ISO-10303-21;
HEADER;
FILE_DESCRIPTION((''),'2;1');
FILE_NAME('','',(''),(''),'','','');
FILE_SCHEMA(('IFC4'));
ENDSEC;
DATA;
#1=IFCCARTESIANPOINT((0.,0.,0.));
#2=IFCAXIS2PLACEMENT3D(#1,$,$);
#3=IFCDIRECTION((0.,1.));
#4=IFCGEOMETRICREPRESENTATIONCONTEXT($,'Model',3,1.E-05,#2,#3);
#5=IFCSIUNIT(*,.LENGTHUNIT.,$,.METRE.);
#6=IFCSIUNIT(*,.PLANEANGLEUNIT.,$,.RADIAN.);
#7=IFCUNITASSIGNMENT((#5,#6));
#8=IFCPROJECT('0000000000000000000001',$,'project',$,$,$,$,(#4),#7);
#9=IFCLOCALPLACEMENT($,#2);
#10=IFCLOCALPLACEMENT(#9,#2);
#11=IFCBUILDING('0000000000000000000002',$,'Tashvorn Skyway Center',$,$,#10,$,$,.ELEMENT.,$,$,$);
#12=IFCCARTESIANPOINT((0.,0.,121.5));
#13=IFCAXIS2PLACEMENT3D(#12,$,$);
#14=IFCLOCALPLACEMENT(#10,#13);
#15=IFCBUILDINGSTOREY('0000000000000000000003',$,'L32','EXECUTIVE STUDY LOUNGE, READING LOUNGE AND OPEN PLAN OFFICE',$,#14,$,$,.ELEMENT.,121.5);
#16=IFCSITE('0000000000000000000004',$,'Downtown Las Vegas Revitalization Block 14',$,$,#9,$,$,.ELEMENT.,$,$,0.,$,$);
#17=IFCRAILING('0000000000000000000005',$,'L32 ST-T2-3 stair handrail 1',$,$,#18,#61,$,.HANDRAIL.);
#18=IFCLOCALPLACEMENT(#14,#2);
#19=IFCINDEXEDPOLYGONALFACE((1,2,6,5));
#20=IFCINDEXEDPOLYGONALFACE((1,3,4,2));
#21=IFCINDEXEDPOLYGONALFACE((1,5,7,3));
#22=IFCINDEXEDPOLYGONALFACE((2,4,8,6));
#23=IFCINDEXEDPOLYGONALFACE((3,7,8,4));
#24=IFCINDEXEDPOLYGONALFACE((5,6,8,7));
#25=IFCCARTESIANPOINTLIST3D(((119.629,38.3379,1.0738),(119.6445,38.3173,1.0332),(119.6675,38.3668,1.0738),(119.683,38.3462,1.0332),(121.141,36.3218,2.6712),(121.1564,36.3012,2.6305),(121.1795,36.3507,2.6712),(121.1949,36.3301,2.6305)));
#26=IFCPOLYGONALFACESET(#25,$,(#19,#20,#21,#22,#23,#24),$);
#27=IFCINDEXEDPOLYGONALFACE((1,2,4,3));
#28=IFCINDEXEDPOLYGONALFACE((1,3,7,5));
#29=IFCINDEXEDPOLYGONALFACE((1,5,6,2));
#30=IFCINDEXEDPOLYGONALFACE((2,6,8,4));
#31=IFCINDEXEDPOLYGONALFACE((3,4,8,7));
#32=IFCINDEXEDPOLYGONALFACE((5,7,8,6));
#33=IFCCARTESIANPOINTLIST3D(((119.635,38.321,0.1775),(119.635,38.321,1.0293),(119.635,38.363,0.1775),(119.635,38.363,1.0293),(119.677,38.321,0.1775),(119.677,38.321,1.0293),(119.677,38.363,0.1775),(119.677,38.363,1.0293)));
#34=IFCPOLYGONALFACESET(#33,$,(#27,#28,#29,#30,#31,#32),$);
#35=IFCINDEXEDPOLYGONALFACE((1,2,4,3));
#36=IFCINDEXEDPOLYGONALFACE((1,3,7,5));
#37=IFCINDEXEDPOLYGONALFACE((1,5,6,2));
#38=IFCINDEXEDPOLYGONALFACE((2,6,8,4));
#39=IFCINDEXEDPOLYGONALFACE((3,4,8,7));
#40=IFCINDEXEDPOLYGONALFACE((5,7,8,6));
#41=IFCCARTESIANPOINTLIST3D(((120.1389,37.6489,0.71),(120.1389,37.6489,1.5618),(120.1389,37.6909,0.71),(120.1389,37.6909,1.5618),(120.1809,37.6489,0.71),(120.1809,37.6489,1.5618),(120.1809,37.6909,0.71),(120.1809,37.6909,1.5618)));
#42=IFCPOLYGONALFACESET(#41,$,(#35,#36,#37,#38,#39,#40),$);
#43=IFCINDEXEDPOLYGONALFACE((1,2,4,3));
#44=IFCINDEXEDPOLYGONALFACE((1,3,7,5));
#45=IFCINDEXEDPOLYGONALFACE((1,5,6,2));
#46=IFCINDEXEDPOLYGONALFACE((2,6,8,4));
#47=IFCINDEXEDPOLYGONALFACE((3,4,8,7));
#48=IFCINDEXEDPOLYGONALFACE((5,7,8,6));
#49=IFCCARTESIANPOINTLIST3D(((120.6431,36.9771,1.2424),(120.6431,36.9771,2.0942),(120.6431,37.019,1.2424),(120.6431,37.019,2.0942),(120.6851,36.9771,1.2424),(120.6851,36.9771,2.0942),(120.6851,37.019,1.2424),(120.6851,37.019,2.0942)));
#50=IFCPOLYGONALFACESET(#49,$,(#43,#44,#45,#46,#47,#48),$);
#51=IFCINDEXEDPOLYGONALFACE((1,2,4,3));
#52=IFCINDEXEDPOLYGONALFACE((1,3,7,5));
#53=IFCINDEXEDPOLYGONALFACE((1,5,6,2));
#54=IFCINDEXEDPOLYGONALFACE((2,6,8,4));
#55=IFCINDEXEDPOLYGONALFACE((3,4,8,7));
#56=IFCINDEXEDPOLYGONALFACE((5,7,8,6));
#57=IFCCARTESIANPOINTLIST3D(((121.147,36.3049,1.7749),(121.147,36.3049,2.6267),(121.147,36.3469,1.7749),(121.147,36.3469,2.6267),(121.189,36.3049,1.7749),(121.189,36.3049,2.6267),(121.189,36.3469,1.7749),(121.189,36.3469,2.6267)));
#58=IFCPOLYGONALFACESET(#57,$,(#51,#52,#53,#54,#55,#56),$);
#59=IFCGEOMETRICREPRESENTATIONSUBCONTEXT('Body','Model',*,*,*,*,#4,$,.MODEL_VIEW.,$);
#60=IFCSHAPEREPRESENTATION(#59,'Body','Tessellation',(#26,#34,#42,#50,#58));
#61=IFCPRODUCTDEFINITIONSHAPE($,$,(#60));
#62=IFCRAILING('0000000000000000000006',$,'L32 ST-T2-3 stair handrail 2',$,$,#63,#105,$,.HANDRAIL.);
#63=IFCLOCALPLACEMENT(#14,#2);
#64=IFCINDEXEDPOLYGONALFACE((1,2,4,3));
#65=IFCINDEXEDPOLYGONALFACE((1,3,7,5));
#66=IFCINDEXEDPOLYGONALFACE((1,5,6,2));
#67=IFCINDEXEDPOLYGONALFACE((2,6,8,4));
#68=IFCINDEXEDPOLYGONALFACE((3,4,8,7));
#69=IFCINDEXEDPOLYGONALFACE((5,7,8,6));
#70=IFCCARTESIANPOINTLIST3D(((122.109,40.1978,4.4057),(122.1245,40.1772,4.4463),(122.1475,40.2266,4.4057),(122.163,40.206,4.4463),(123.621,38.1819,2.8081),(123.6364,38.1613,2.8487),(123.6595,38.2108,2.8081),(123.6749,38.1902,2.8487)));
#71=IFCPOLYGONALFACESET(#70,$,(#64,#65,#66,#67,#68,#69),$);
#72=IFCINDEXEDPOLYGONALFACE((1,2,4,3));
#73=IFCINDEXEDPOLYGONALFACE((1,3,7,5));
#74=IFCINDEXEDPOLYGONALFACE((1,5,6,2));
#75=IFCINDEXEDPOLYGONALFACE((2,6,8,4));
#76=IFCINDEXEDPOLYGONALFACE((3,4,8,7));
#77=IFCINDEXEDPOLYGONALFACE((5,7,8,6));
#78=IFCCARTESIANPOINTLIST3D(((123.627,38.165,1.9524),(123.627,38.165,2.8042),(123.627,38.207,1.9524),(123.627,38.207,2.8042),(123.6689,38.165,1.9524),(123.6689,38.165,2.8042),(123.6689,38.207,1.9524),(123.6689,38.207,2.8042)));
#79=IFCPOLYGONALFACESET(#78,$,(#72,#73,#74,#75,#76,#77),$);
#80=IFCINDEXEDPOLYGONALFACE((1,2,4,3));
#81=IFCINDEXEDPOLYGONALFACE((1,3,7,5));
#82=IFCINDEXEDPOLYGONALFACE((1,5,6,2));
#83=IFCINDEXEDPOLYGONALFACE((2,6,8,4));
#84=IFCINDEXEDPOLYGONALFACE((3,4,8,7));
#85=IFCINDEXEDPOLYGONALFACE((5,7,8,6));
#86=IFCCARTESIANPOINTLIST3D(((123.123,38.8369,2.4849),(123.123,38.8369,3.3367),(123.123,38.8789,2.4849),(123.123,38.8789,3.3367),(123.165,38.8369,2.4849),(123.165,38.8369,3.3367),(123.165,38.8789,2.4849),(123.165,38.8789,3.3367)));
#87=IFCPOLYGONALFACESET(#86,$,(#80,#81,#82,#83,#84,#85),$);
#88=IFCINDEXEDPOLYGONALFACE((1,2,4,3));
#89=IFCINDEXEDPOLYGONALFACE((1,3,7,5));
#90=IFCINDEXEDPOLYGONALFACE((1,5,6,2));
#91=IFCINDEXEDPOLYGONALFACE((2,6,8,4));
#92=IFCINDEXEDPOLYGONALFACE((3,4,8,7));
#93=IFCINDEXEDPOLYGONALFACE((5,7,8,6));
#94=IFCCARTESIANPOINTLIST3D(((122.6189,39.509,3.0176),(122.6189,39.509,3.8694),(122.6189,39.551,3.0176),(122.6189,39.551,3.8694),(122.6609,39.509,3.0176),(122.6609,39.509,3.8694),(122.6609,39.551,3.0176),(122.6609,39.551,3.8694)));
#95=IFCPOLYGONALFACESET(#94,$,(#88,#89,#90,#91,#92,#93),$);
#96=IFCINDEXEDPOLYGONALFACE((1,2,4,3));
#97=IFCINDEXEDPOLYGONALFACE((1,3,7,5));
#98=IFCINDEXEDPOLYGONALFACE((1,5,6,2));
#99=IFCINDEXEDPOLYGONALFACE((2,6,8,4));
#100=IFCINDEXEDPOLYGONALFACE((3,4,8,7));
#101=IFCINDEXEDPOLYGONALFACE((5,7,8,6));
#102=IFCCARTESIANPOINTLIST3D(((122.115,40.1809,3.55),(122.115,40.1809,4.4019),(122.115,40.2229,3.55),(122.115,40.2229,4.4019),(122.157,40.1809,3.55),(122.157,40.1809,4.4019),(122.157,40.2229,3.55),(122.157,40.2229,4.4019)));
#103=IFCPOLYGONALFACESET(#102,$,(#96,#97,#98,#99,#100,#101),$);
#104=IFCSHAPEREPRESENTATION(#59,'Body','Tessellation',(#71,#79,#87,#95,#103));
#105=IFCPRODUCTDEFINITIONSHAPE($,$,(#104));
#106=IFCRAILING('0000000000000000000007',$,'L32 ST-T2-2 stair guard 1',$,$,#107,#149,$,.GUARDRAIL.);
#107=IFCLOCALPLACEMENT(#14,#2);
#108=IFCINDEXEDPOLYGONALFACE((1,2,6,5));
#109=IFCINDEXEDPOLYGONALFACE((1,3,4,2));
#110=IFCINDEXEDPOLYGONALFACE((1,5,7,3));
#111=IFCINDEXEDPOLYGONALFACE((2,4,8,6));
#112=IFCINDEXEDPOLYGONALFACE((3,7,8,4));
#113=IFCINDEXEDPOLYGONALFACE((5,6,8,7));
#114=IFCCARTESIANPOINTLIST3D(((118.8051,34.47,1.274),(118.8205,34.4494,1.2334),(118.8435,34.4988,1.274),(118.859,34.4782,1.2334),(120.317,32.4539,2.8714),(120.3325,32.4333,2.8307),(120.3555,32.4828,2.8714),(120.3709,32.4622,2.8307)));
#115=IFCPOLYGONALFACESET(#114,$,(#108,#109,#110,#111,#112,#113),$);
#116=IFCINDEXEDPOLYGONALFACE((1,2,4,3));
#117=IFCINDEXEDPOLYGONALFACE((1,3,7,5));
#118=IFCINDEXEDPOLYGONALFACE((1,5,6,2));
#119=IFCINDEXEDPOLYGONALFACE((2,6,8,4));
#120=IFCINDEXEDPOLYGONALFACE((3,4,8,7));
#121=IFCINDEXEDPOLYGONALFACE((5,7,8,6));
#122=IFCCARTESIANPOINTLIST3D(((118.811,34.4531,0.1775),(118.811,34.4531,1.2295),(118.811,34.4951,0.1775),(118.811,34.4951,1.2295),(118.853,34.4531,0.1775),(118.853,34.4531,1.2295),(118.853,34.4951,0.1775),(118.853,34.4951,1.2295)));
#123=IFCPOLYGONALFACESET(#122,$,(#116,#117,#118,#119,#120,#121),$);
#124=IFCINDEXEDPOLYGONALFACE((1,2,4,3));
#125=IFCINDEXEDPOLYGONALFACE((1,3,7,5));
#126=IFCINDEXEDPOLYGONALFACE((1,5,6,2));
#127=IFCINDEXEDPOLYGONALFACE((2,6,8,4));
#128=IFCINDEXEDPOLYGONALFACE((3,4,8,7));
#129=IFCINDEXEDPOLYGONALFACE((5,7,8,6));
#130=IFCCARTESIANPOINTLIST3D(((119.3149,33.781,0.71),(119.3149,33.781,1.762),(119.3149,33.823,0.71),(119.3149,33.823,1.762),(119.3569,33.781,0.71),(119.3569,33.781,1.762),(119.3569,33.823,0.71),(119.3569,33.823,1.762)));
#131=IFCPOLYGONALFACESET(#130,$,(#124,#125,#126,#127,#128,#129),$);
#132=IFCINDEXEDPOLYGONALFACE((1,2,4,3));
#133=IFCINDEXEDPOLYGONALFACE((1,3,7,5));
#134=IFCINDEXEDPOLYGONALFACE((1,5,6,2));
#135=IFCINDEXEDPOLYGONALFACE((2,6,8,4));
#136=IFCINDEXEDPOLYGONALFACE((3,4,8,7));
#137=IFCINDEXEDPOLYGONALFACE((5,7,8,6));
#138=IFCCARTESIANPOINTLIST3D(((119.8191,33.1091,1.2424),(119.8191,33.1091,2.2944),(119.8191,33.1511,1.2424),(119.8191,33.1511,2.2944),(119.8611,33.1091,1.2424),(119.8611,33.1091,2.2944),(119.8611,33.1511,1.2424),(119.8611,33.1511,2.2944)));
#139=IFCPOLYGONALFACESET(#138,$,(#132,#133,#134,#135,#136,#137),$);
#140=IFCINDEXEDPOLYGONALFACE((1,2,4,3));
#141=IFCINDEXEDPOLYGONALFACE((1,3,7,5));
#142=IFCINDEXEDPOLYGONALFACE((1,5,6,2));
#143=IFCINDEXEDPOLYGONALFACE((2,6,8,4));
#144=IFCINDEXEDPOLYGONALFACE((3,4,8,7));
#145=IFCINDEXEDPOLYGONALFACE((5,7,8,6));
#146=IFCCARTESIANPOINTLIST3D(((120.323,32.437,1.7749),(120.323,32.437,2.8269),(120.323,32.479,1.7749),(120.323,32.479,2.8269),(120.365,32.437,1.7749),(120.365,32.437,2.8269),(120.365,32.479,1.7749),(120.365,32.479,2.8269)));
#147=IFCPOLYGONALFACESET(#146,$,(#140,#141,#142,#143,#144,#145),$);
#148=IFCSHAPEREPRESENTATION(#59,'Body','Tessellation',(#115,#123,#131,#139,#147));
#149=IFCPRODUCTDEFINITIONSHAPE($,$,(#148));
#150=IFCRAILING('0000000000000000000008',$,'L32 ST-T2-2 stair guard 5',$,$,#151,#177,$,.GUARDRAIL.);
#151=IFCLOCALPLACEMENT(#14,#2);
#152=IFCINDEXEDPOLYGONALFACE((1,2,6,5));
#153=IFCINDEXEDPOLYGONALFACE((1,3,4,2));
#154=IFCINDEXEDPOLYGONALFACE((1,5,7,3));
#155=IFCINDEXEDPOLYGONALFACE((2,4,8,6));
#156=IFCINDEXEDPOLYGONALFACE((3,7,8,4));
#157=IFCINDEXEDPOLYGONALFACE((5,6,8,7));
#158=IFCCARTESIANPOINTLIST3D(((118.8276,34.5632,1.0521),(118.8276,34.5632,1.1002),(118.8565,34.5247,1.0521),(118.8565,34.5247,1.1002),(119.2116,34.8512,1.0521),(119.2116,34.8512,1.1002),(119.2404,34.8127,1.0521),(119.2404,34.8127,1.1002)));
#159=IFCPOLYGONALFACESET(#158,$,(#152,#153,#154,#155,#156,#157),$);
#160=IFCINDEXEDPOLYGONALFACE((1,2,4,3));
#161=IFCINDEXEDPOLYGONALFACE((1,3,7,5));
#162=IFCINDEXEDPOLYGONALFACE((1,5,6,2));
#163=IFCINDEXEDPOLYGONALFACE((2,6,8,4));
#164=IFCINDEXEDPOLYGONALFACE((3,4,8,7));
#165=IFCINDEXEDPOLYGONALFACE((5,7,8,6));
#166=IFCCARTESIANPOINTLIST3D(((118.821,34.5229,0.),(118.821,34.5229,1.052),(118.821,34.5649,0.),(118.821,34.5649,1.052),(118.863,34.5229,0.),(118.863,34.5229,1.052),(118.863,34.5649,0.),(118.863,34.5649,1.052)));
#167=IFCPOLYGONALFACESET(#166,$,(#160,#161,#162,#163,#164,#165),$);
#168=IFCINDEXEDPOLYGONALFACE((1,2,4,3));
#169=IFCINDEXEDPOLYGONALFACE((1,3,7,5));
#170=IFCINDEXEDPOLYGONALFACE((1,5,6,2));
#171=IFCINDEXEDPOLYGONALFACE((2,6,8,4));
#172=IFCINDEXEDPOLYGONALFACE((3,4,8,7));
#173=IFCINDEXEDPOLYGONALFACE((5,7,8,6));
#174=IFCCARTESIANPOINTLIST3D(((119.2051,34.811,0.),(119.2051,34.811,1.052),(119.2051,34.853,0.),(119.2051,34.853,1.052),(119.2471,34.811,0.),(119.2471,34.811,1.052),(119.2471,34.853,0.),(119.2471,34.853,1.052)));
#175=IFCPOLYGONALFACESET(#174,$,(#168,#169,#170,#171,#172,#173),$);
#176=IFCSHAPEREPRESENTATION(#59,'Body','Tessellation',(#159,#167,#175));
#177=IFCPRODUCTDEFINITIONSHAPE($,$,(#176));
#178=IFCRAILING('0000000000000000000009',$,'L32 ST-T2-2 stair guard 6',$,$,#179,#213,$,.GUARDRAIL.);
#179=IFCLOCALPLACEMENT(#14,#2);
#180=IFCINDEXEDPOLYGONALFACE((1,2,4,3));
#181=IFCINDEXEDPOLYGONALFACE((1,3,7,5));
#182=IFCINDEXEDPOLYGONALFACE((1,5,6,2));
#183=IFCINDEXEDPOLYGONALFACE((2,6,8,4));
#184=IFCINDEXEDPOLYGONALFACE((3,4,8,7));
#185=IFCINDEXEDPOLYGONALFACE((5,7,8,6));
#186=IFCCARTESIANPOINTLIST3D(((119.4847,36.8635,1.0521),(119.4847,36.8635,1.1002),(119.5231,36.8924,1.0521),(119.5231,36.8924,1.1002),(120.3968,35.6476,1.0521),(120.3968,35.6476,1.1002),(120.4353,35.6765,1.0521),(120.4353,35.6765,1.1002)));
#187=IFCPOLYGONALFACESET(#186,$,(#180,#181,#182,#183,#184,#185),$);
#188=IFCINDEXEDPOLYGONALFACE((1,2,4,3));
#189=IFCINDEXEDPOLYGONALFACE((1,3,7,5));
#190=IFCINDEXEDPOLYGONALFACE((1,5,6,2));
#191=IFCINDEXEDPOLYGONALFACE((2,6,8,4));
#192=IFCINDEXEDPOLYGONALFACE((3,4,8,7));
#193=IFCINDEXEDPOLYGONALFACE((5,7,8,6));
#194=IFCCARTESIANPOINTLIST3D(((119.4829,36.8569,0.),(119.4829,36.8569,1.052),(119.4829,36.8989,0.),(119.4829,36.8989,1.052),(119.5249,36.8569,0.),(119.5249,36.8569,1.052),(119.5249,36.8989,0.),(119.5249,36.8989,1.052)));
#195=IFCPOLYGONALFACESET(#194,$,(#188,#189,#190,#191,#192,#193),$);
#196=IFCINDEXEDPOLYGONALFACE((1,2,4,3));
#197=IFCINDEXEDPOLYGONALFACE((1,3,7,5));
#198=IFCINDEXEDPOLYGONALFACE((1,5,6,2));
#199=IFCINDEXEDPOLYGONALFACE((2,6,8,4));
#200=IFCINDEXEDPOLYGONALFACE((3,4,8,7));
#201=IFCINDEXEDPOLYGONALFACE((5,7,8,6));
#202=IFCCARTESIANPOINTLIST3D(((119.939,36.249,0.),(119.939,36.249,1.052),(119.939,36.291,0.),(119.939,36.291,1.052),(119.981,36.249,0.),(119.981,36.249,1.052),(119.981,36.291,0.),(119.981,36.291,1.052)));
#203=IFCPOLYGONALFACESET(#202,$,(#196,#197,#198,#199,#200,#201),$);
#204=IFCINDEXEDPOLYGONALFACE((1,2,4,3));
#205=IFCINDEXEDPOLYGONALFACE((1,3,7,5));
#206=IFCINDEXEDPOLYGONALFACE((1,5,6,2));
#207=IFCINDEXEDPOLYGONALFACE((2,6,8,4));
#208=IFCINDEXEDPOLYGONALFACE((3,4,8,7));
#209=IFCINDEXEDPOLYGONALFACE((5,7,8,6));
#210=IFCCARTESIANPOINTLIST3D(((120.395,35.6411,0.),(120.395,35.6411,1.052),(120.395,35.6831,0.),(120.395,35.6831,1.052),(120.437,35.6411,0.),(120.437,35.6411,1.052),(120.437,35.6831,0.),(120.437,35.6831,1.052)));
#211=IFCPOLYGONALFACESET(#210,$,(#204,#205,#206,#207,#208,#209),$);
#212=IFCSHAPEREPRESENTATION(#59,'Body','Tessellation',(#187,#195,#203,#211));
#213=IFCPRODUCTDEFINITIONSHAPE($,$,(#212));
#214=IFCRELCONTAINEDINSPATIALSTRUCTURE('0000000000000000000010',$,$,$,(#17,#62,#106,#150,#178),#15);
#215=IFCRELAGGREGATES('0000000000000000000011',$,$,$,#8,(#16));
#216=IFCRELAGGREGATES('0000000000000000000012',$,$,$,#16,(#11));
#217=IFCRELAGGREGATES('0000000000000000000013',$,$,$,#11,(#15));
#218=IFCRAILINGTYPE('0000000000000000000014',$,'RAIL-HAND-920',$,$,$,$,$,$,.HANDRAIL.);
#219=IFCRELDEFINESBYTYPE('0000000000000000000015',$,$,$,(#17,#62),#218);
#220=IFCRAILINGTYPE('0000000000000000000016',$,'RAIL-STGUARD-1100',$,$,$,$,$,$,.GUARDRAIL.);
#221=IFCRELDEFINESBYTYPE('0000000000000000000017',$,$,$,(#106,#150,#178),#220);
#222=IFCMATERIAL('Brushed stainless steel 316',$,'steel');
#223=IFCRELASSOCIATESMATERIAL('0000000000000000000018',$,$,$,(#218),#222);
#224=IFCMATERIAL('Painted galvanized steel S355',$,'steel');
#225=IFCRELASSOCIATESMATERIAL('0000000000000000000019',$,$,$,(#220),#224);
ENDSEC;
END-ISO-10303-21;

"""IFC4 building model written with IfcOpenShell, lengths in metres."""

from ifc_helpers import new_model, si_unit, direction, frame, origin, origin_2d, place, context, subcontext, project, spatial, rectangle, extrude, material, type_object, element, save


model = new_model("IFC4")

# Units and contexts
model_context = context("Model", 3, precision=1e-05, world=origin(), true_north=direction((0.0, 1.0)))
body_context = subcontext(model_context, "Body", "Model", "MODEL_VIEW")
ifc_project = project(units=[si_unit("LENGTHUNIT", "METRE"), si_unit("PLANEANGLEUNIT", "RADIAN")], contexts=[model_context])

# Site, building, storey
site_placement = place(None, origin())
site = spatial("IfcSite", under=ifc_project, at=site_placement, Name="Downtown Las Vegas Revitalization Block 14", CompositionType="ELEMENT", RefElevation=0.0)
building_placement = place(site_placement, origin())
building = spatial("IfcBuilding", under=site, at=building_placement, Name="Tashvorn Skyway Center", CompositionType="ELEMENT")
storey_placement = place(building_placement, frame((0.0, 0.0, 121.5)))
storey = spatial("IfcBuildingStorey", under=building, at=storey_placement, Name="L32", Description="EXECUTIVE STUDY LOUNGE, READING LOUNGE AND OPEN PLAN OFFICE", CompositionType="ELEMENT", Elevation=121.5)

# Railings
ifc_material_1 = material(Name="Brushed stainless steel 316", Category="steel")
railing_type_1 = type_object("IfcRailingType", Name="RAIL-HAND-920", PredefinedType="HANDRAIL", material=ifc_material_1)
railing_1_placement = place(storey_placement, frame((119.656, 38.342, 0.1775)))
element("IfcRailing", 1, at=railing_1_placement, inside=storey, type_object=railing_type_1, Name="L32 ST-T2-3 stair handrail 1", PredefinedType="HANDRAIL", context=body_context, shape_type="SweptSolid", body=[
    extrude(rectangle(XDim=0.0481, YDim=0.0481, at=origin_2d()), frame((0.0, 0.0, 0.876), z_axis=(0.506741, -0.675709, 0.535379), x_axis=(0.800023, 0.599969, 0.0)), (0.0, 0.0, 1.0), 2.9836),
    extrude(rectangle(XDim=0.042, YDim=0.042, at=origin_2d()), origin(), (0.0, 0.0, 1.0), 0.8518),
    extrude(rectangle(XDim=0.042, YDim=0.042, at=origin_2d()), frame((0.5039, -0.6721, 0.5325)), (0.0, 0.0, 1.0), 0.8518),
    extrude(rectangle(XDim=0.042, YDim=0.042, at=origin_2d()), frame((1.0081, -1.344, 1.0649)), (0.0, 0.0, 1.0), 0.8518),
    extrude(rectangle(XDim=0.042, YDim=0.042, at=origin_2d()), frame((1.512, -2.0161, 1.5974)), (0.0, 0.0, 1.0), 0.8518),
])
railing_2_placement = place(storey_placement, frame((123.6479, 38.186, 1.9524)))
element("IfcRailing", 2, at=railing_2_placement, inside=storey, type_object=railing_type_1, Name="L32 ST-T2-3 stair handrail 2", PredefinedType="HANDRAIL", context=body_context, shape_type="SweptSolid", body=[
    extrude(rectangle(XDim=0.0481, YDim=0.0481, at=origin_2d()), frame((0.0, 0.0, 0.876), z_axis=(-0.506747, 0.675635, 0.535467), x_axis=(-0.799988, -0.600016, 0.0)), (0.0, 0.0, 1.0), 2.9836),
    extrude(rectangle(XDim=0.042, YDim=0.042, at=origin_2d()), origin(), (0.0, 0.0, 1.0), 0.8518),
    extrude(rectangle(XDim=0.042, YDim=0.042, at=origin_2d()), frame((-0.5039, 0.6719, 0.5325)), (0.0, 0.0, 1.0), 0.8518),
    extrude(rectangle(XDim=0.042, YDim=0.042, at=origin_2d()), frame((-1.0081, 1.344, 1.0652)), (0.0, 0.0, 1.0), 0.8518),
    extrude(rectangle(XDim=0.042, YDim=0.042, at=origin_2d()), frame((-1.512, 2.0159, 1.5977)), (0.0, 0.0, 1.0), 0.8518),
])
ifc_material_2 = material(Name="Painted galvanized steel S355", Category="steel")
railing_type_2 = type_object("IfcRailingType", Name="RAIL-STGUARD-1100", PredefinedType="GUARDRAIL", material=ifc_material_2)
railing_3_placement = place(storey_placement, frame((118.832, 34.4741, 0.1775)))
element("IfcRailing", 3, at=railing_3_placement, inside=storey, type_object=railing_type_2, Name="L32 ST-T2-2 stair guard 1", PredefinedType="GUARDRAIL", context=body_context, shape_type="SweptSolid", body=[
    extrude(rectangle(XDim=0.0481, YDim=0.0481, at=origin_2d()), frame((0.0, 0.0, 1.0762), z_axis=(0.506741, -0.675709, 0.535379), x_axis=(0.800023, 0.599969, 0.0)), (0.0, 0.0, 1.0), 2.9836),
    extrude(rectangle(XDim=0.042, YDim=0.042, at=origin_2d()), origin(), (0.0, 0.0, 1.0), 1.052),
    extrude(rectangle(XDim=0.042, YDim=0.042, at=origin_2d()), frame((0.5039, -0.6721, 0.5325)), (0.0, 0.0, 1.0), 1.052),
    extrude(rectangle(XDim=0.042, YDim=0.042, at=origin_2d()), frame((1.0081, -1.344, 1.0649)), (0.0, 0.0, 1.0), 1.052),
    extrude(rectangle(XDim=0.042, YDim=0.042, at=origin_2d()), frame((1.512, -2.0161, 1.5974)), (0.0, 0.0, 1.0), 1.052),
])
railing_4_placement = place(storey_placement, frame((118.842, 34.5439, 0.0)))
element("IfcRailing", 4, at=railing_4_placement, inside=storey, type_object=railing_type_2, Name="L32 ST-T2-2 stair guard 5", PredefinedType="GUARDRAIL", context=body_context, shape_type="SweptSolid", body=[
    extrude(rectangle(XDim=0.0481, YDim=0.0481, at=origin_2d()), frame((0.0, 0.0, 1.0762), z_axis=(0.799939, 0.600081, 0.0), x_axis=(-0.600081, 0.799939, 0.0)), (0.0, 0.0, 1.0), 0.48),
    extrude(rectangle(XDim=0.042, YDim=0.042, at=origin_2d()), origin(), (0.0, 0.0, 1.0), 1.052),
    extrude(rectangle(XDim=0.042, YDim=0.042, at=origin_2d()), frame((0.384, 0.2881, 0.0)), (0.0, 0.0, 1.0), 1.052),
])
railing_5_placement = place(storey_placement, frame((119.5039, 36.8779, 0.0)))
element("IfcRailing", 5, at=railing_5_placement, inside=storey, type_object=railing_type_2, Name="L32 ST-T2-2 stair guard 6", PredefinedType="GUARDRAIL", context=body_context, shape_type="SweptSolid", body=[
    extrude(rectangle(XDim=0.0481, YDim=0.0481, at=origin_2d()), frame((0.0, 0.0, 1.0762), z_axis=(0.600103, -0.799923, 0.0), x_axis=(0.799923, 0.600103, 0.0)), (0.0, 0.0, 1.0), 1.52),
    extrude(rectangle(XDim=0.042, YDim=0.042, at=origin_2d()), origin(), (0.0, 0.0, 1.0), 1.052),
    extrude(rectangle(XDim=0.042, YDim=0.042, at=origin_2d()), frame((0.4561, -0.6079, 0.0)), (0.0, 0.0, 1.0), 1.052),
    extrude(rectangle(XDim=0.042, YDim=0.042, at=origin_2d()), frame((0.9121, -1.2158, 0.0)), (0.0, 0.0, 1.0), 1.052),
])

save(model, "model.ifc")
